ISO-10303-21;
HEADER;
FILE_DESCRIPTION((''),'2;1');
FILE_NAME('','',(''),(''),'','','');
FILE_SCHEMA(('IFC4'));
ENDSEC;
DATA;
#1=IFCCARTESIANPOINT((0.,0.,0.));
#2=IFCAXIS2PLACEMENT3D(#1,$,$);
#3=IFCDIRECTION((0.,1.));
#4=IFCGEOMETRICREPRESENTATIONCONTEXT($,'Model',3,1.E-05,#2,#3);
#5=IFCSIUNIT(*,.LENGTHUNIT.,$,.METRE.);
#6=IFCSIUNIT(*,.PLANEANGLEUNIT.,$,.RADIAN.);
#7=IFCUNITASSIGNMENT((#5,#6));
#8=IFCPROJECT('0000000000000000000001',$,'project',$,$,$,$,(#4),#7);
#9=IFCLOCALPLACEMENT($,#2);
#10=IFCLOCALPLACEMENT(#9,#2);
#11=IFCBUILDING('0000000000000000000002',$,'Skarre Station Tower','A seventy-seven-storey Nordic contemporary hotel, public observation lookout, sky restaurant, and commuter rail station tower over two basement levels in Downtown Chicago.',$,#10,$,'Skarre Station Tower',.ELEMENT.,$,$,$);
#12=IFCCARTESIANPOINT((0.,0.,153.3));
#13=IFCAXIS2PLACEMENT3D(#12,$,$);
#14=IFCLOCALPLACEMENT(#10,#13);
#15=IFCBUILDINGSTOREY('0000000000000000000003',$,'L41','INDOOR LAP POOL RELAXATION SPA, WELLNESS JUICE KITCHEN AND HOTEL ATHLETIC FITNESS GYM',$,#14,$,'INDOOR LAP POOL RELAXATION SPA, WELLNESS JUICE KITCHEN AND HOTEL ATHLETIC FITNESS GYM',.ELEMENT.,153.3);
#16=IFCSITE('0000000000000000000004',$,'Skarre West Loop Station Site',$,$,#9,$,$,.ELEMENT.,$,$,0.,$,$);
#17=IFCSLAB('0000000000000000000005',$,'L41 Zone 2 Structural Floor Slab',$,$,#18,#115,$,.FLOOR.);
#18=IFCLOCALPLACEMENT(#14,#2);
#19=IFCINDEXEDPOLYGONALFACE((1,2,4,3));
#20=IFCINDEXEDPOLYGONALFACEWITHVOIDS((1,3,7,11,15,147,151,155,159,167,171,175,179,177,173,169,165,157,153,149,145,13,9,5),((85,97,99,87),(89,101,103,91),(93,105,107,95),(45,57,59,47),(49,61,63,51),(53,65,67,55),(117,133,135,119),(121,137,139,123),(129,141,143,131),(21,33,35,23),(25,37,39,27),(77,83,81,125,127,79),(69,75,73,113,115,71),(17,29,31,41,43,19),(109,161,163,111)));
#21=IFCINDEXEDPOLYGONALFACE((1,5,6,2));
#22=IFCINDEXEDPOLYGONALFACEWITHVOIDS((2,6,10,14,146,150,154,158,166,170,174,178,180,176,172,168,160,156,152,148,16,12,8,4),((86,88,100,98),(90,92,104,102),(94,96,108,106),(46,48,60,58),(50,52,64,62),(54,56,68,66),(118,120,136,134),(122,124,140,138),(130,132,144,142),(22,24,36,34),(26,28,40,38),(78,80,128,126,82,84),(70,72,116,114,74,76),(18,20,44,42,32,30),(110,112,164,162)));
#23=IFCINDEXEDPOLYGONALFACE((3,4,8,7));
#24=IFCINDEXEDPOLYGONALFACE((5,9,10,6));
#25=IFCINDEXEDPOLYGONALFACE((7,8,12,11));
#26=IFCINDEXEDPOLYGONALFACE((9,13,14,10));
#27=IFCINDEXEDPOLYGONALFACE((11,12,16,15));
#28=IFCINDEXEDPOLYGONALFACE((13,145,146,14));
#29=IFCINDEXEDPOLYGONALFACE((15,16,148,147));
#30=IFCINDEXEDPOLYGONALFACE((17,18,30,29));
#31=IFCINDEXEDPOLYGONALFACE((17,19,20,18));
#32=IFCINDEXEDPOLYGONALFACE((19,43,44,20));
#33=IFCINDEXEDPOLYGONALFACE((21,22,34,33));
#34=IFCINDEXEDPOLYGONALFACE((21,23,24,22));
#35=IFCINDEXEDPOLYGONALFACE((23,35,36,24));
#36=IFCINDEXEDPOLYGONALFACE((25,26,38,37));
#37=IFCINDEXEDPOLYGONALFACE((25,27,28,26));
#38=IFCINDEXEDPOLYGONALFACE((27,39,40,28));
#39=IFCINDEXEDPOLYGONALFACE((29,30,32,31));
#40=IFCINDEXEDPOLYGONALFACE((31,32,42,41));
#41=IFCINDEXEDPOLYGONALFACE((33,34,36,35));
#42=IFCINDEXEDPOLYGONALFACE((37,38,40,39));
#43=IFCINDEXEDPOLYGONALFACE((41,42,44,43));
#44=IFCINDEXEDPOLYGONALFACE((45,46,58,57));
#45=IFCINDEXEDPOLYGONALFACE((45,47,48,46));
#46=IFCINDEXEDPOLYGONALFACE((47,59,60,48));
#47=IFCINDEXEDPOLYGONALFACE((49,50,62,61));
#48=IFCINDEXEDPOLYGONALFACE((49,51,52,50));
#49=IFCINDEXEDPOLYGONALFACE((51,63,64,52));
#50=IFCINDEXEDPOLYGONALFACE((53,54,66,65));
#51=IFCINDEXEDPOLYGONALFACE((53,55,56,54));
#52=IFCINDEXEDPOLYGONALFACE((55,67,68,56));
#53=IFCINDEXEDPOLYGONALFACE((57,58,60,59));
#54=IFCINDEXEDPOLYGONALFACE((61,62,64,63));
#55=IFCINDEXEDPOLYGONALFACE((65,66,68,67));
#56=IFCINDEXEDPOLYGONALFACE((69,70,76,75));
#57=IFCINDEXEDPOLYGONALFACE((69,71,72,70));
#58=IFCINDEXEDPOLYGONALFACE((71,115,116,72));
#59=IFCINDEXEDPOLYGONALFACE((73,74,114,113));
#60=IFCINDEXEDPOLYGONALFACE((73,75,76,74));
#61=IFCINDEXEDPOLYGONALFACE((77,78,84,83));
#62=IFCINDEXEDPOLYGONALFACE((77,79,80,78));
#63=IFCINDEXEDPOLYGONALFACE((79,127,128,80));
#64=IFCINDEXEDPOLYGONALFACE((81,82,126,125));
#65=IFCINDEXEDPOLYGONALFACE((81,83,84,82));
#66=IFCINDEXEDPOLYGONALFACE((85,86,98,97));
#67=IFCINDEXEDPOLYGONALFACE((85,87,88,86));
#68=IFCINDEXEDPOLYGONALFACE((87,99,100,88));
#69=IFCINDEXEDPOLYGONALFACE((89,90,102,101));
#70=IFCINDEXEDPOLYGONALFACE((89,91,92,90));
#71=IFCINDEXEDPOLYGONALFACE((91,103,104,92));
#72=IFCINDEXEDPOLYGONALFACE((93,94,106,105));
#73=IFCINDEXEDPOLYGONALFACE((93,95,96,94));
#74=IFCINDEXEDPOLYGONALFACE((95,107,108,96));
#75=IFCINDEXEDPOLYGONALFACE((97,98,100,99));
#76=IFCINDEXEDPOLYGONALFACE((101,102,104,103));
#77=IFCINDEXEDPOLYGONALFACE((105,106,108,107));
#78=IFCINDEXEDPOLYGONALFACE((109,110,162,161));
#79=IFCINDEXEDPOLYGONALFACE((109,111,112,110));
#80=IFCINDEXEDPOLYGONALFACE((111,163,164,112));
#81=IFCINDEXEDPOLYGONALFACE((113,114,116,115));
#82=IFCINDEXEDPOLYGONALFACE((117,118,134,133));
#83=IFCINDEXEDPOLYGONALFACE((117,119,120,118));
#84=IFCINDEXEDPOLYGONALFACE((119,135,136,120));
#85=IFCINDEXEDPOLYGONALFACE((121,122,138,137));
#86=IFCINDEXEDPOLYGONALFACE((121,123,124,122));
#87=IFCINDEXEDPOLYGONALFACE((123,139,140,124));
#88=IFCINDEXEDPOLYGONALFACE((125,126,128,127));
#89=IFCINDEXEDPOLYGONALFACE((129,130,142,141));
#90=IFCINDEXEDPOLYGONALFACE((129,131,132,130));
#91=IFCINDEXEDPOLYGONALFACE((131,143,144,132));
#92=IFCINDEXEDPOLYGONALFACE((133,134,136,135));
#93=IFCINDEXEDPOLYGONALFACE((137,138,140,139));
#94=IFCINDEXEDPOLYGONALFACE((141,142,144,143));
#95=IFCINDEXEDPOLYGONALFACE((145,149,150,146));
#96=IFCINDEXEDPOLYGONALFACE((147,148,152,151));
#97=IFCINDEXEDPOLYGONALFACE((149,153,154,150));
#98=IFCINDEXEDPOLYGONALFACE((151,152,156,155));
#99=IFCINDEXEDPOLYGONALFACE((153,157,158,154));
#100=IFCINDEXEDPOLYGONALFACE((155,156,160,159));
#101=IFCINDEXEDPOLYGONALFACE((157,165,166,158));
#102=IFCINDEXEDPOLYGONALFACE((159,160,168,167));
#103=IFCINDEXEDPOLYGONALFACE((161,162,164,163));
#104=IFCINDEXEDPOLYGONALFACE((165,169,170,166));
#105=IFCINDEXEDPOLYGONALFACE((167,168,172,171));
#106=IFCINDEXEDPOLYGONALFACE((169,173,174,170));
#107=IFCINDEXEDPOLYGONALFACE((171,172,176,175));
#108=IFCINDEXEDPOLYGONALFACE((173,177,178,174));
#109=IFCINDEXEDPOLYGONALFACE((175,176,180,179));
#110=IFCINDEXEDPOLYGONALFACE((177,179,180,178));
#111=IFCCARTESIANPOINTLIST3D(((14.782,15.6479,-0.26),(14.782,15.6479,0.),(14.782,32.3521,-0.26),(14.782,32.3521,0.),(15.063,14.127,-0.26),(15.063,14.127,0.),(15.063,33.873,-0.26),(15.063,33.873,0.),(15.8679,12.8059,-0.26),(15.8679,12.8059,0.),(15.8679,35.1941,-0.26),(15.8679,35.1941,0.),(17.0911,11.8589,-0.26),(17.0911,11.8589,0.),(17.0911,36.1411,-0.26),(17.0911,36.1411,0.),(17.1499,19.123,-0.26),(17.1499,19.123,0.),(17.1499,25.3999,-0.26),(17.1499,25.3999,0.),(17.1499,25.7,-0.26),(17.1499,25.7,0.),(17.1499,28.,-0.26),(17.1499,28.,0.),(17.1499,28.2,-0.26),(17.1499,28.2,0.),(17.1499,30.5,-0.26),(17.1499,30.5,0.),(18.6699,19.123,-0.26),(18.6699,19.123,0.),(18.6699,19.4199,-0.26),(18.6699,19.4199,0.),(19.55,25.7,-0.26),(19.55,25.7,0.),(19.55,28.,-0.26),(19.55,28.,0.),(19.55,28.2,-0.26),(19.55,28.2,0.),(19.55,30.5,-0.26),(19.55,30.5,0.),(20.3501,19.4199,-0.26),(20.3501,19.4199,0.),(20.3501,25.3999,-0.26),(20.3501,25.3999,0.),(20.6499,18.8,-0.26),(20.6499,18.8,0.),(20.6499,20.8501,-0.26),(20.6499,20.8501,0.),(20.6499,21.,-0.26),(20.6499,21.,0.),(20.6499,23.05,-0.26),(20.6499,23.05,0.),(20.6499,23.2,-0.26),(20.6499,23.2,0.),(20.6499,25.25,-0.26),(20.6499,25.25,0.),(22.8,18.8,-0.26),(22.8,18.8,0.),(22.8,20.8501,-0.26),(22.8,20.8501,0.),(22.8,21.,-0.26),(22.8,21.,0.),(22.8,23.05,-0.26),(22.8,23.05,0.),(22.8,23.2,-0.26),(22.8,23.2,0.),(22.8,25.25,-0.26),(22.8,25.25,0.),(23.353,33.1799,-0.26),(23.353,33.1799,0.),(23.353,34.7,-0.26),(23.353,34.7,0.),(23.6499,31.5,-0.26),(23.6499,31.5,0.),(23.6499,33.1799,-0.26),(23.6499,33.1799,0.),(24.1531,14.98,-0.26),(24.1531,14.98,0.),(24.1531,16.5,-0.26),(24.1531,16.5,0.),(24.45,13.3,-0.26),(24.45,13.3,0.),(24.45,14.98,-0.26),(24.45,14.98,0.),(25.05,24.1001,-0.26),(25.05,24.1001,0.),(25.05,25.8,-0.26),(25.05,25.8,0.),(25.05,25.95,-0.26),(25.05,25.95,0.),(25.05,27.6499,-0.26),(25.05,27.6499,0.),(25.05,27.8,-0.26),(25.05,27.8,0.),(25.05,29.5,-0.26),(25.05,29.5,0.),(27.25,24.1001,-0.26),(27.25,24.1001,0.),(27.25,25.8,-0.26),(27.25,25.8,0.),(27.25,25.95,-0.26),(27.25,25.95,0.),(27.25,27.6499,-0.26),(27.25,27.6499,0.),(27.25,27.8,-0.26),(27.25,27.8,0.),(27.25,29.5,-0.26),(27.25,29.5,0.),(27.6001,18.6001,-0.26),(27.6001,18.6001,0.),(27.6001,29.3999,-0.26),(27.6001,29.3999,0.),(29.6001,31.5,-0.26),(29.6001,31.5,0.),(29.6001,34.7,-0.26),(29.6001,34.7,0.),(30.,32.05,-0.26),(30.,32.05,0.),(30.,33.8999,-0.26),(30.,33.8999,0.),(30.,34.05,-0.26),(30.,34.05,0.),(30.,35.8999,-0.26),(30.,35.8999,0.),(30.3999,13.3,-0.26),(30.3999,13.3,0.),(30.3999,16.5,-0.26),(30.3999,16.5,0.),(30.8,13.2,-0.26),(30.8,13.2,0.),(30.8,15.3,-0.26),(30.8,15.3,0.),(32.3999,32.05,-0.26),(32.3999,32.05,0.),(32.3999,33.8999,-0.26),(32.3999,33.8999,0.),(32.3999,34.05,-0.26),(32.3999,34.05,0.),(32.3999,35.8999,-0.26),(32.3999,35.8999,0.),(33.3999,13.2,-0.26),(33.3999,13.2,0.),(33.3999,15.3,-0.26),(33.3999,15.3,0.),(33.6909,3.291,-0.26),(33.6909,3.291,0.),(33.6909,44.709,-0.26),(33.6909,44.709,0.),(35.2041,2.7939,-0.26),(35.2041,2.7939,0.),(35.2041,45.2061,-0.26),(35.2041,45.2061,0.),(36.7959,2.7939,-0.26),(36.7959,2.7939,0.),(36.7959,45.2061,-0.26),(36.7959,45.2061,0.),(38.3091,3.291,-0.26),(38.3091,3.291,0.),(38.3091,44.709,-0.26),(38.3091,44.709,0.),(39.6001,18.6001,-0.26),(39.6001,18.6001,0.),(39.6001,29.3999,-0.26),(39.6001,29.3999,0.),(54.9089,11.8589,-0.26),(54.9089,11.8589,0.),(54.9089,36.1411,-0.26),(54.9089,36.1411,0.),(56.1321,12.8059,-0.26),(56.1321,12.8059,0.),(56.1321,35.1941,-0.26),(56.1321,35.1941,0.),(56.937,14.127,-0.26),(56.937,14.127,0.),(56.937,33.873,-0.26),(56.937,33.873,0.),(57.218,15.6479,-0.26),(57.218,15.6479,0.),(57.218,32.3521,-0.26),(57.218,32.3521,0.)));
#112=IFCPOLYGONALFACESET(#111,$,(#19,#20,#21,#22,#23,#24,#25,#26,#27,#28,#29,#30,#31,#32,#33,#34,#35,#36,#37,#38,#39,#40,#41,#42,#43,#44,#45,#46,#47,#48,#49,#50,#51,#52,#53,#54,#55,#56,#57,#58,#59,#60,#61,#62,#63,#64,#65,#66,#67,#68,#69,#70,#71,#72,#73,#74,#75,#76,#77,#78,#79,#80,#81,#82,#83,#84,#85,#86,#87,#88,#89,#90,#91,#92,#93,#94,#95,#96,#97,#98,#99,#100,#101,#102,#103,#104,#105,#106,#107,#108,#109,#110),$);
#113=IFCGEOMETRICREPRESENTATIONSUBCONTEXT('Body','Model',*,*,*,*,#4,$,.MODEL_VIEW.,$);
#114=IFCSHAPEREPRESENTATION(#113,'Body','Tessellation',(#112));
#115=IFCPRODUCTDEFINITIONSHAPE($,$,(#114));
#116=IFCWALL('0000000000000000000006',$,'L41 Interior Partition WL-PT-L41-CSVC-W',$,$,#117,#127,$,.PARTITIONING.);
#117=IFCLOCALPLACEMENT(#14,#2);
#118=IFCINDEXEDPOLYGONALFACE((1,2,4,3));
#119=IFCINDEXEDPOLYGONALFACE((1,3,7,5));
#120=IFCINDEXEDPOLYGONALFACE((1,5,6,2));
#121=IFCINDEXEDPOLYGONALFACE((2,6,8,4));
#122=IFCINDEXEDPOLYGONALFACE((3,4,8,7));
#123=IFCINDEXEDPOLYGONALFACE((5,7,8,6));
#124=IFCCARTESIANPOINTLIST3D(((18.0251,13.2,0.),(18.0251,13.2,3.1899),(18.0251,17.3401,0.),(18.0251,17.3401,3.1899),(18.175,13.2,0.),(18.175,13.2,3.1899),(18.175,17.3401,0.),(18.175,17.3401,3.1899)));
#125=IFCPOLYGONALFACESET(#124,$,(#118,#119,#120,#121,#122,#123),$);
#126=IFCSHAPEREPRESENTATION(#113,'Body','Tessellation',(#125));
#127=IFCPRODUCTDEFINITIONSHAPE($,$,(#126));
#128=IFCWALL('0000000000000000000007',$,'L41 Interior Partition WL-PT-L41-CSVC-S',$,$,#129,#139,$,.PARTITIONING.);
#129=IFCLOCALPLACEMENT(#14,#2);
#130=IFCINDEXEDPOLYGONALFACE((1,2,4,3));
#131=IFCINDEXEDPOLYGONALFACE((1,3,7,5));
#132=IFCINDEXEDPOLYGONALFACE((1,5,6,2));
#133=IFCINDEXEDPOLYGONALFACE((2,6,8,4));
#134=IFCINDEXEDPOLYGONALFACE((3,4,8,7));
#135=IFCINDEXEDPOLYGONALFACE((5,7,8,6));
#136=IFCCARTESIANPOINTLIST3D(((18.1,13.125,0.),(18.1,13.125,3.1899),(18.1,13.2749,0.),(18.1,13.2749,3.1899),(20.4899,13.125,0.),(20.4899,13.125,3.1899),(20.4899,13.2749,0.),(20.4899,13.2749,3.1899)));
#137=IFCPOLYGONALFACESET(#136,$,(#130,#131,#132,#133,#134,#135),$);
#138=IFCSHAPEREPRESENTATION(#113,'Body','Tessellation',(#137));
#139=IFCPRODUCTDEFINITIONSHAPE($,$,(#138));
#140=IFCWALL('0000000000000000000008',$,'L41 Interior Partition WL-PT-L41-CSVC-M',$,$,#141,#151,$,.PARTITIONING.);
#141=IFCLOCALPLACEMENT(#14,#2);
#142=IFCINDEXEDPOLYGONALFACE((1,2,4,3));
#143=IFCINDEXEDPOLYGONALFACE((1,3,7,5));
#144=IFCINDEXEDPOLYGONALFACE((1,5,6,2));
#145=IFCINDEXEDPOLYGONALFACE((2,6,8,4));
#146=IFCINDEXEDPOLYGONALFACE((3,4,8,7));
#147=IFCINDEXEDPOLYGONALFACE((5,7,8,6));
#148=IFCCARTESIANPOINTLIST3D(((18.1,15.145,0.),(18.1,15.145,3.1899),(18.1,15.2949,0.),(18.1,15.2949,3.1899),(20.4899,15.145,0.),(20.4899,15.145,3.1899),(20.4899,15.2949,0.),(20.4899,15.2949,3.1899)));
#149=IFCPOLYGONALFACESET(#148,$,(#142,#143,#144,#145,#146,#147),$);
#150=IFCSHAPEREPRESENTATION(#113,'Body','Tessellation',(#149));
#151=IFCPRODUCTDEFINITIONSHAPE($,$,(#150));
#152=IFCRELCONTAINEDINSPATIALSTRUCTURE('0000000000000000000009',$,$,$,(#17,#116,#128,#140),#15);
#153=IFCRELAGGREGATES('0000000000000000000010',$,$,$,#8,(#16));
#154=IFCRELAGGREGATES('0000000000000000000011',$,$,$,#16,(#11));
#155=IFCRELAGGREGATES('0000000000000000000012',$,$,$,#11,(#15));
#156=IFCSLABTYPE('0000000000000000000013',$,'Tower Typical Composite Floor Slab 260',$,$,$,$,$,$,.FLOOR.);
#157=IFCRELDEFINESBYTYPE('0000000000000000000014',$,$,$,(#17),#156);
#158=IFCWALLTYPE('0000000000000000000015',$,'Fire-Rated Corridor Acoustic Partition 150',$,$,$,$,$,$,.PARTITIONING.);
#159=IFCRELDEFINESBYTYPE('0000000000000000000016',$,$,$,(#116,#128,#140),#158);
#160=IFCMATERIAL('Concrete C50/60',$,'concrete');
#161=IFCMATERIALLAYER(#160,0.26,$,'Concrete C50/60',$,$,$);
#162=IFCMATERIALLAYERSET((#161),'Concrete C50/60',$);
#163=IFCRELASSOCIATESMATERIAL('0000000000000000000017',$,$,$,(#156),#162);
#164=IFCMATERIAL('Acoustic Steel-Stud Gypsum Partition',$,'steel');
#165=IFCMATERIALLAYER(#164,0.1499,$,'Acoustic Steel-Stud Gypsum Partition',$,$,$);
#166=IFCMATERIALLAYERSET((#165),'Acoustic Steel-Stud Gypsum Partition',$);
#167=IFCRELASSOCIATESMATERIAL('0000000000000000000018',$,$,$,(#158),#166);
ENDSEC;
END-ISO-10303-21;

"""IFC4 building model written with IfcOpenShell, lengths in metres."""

from ifc_helpers import new_model, si_unit, direction, frame, frame_2d, origin, place, context, subcontext, project, spatial, polyline, rectangle, outline, extrude, material, layer, layer_set, type_object, element, save


model = new_model("IFC4")

# Units and contexts
model_context = context("Model", 3, precision=1e-05, world=origin(), true_north=direction((0.0, 1.0)))
body_context = subcontext(model_context, "Body", "Model", "MODEL_VIEW")
ifc_project = project(units=[si_unit("LENGTHUNIT", "METRE"), si_unit("PLANEANGLEUNIT", "RADIAN")], contexts=[model_context])

# Site, building, storey
site_placement = place(None, origin())
site = spatial("IfcSite", under=ifc_project, at=site_placement, Name="Skarre West Loop Station Site", CompositionType="ELEMENT", RefElevation=0.0)
building_placement = place(site_placement, origin())
building = spatial("IfcBuilding", under=site, at=building_placement, Name="Skarre Station Tower", Description="A seventy-seven-storey Nordic contemporary hotel, public observation lookout, sky restaurant, and commuter rail station tower over two basement levels in Downtown Chicago.", LongName="Skarre Station Tower", CompositionType="ELEMENT")
storey_placement = place(building_placement, frame((0.0, 0.0, 153.3)))
storey = spatial("IfcBuildingStorey", under=building, at=storey_placement, Name="L41", Description="INDOOR LAP POOL RELAXATION SPA, WELLNESS JUICE KITCHEN AND HOTEL ATHLETIC FITNESS GYM", LongName="INDOOR LAP POOL RELAXATION SPA, WELLNESS JUICE KITCHEN AND HOTEL ATHLETIC FITNESS GYM", CompositionType="ELEMENT", Elevation=153.3)

# Slab
ifc_material_1 = material(Name="Concrete C50/60", Category="concrete")
ifc_layer_1 = layer(ifc_material_1, 0.26, Name="Concrete C50/60")
ifc_layer_set_1 = layer_set([ifc_layer_1], Name="Concrete C50/60")
slab_type_1 = type_object("IfcSlabType", Name="Tower Typical Composite Floor Slab 260", PredefinedType="FLOOR", material=ifc_layer_set_1)
slab_1_placement = place(storey_placement, frame((0.0, 0.0, -0.26)))
element("IfcSlab", 1, at=slab_1_placement, inside=storey, type_object=slab_type_1, Name="L41 Zone 2 Structural Floor Slab", PredefinedType="FLOOR", context=body_context, shape_type="SweptSolid", body=[
    extrude(outline(polyline([(57.218, 32.3521), (56.937, 33.873), (56.1321, 35.1941), (54.9089, 36.1411), (38.3091, 44.709), (36.7959, 45.2061), (35.2041, 45.2061), (33.6909, 44.709), (17.0911, 36.1411), (15.8679, 35.1941), (15.063, 33.873), (14.782, 32.3521), (14.782, 15.6479), (15.063, 14.127), (15.8679, 12.8059), (17.0911, 11.8589), (33.6909, 3.291), (35.2041, 2.7939), (36.7959, 2.7939), (38.3091, 3.291), (54.9089, 11.8589), (56.1321, 12.8059), (56.937, 14.127), (57.218, 15.6479), (57.218, 32.3521)]), holes=[polyline([(18.6699, 19.4199), (18.6699, 19.123), (17.1499, 19.123), (17.1499, 25.3999), (20.3501, 25.3999), (20.3501, 19.4199), (18.6699, 19.4199)]), polyline([(24.45, 14.98), (24.1531, 14.98), (24.1531, 16.5), (30.3999, 16.5), (30.3999, 13.3), (24.45, 13.3), (24.45, 14.98)]), polyline([(23.6499, 33.1799), (23.353, 33.1799), (23.353, 34.7), (29.6001, 34.7), (29.6001, 31.5), (23.6499, 31.5), (23.6499, 33.1799)]), polyline([(17.1499, 28.0), (19.55, 28.0), (19.55, 25.7), (17.1499, 25.7), (17.1499, 28.0)]), polyline([(17.1499, 30.5), (19.55, 30.5), (19.55, 28.2), (17.1499, 28.2), (17.1499, 30.5)]), polyline([(30.8, 15.3), (33.3999, 15.3), (33.3999, 13.2), (30.8, 13.2), (30.8, 15.3)]), polyline([(25.05, 25.8), (27.25, 25.8), (27.25, 24.1001), (25.05, 24.1001), (25.05, 25.8)]), polyline([(25.05, 27.6499), (27.25, 27.6499), (27.25, 25.95), (25.05, 25.95), (25.05, 27.6499)]), polyline([(25.05, 29.5), (27.25, 29.5), (27.25, 27.8), (25.05, 27.8), (25.05, 29.5)]), polyline([(20.6499, 20.8501), (22.8, 20.8501), (22.8, 18.8), (20.6499, 18.8), (20.6499, 20.8501)]), polyline([(20.6499, 23.05), (22.8, 23.05), (22.8, 21.0), (20.6499, 21.0), (20.6499, 23.05)]), polyline([(20.6499, 25.25), (22.8, 25.25), (22.8, 23.2), (20.6499, 23.2), (20.6499, 25.25)]), polyline([(30.0, 33.8999), (32.3999, 33.8999), (32.3999, 32.05), (30.0, 32.05), (30.0, 33.8999)]), polyline([(30.0, 35.8999), (32.3999, 35.8999), (32.3999, 34.05), (30.0, 34.05), (30.0, 35.8999)]), polyline([(27.6001, 29.3999), (39.6001, 29.3999), (39.6001, 18.6001), (27.6001, 18.6001), (27.6001, 29.3999)])]), origin(), (0.0, 0.0, 1.0), 0.26),
])

# Walls
ifc_material_2 = material(Name="Acoustic Steel-Stud Gypsum Partition", Category="steel")
ifc_layer_2 = layer(ifc_material_2, 0.1499, Name="Acoustic Steel-Stud Gypsum Partition")
ifc_layer_set_2 = layer_set([ifc_layer_2], Name="Acoustic Steel-Stud Gypsum Partition")
wall_type_1 = type_object("IfcWallType", Name="Fire-Rated Corridor Acoustic Partition 150", PredefinedType="PARTITIONING", material=ifc_layer_set_2)
wall_1_placement = place(storey_placement, frame((18.1001, 17.3401, 0.0), z_axis=(0.0, 0.0, 1.0), x_axis=(0.0, -1.0, 0.0)))
element("IfcWall", 2, at=wall_1_placement, inside=storey, type_object=wall_type_1, Name="L41 Interior Partition WL-PT-L41-CSVC-W", PredefinedType="PARTITIONING", context=body_context, shape_type="SweptSolid", body=[
    extrude(rectangle(XDim=4.1401, YDim=0.1499, at=frame_2d((2.0701, 0.0))), origin(), (0.0, 0.0, 1.0), 3.1899),
])
for number, where, z_axis, x_axis, name in (
    (3, (18.1001, 13.2, 0.0), (0.0, 0.0, 1.0), (1.0, 0.0, 0.0), "L41 Interior Partition WL-PT-L41-CSVC-S"),
    (4, (18.1001, 15.22, 0.0), (0.0, 0.0, 1.0), (1.0, 0.0, 0.0), "L41 Interior Partition WL-PT-L41-CSVC-M"),
):
    element("IfcWall", number, at=place(storey_placement, frame(where, z_axis=z_axis, x_axis=x_axis)), inside=storey, type_object=wall_type_1, Name=name, PredefinedType="PARTITIONING", context=body_context, shape_type="SweptSolid", body=[
        extrude(rectangle(XDim=2.3899, YDim=0.1499, at=frame_2d((1.1948, 0.0))), origin(), (0.0, 0.0, 1.0), 3.1899),
    ])

save(model, "model.ifc")
